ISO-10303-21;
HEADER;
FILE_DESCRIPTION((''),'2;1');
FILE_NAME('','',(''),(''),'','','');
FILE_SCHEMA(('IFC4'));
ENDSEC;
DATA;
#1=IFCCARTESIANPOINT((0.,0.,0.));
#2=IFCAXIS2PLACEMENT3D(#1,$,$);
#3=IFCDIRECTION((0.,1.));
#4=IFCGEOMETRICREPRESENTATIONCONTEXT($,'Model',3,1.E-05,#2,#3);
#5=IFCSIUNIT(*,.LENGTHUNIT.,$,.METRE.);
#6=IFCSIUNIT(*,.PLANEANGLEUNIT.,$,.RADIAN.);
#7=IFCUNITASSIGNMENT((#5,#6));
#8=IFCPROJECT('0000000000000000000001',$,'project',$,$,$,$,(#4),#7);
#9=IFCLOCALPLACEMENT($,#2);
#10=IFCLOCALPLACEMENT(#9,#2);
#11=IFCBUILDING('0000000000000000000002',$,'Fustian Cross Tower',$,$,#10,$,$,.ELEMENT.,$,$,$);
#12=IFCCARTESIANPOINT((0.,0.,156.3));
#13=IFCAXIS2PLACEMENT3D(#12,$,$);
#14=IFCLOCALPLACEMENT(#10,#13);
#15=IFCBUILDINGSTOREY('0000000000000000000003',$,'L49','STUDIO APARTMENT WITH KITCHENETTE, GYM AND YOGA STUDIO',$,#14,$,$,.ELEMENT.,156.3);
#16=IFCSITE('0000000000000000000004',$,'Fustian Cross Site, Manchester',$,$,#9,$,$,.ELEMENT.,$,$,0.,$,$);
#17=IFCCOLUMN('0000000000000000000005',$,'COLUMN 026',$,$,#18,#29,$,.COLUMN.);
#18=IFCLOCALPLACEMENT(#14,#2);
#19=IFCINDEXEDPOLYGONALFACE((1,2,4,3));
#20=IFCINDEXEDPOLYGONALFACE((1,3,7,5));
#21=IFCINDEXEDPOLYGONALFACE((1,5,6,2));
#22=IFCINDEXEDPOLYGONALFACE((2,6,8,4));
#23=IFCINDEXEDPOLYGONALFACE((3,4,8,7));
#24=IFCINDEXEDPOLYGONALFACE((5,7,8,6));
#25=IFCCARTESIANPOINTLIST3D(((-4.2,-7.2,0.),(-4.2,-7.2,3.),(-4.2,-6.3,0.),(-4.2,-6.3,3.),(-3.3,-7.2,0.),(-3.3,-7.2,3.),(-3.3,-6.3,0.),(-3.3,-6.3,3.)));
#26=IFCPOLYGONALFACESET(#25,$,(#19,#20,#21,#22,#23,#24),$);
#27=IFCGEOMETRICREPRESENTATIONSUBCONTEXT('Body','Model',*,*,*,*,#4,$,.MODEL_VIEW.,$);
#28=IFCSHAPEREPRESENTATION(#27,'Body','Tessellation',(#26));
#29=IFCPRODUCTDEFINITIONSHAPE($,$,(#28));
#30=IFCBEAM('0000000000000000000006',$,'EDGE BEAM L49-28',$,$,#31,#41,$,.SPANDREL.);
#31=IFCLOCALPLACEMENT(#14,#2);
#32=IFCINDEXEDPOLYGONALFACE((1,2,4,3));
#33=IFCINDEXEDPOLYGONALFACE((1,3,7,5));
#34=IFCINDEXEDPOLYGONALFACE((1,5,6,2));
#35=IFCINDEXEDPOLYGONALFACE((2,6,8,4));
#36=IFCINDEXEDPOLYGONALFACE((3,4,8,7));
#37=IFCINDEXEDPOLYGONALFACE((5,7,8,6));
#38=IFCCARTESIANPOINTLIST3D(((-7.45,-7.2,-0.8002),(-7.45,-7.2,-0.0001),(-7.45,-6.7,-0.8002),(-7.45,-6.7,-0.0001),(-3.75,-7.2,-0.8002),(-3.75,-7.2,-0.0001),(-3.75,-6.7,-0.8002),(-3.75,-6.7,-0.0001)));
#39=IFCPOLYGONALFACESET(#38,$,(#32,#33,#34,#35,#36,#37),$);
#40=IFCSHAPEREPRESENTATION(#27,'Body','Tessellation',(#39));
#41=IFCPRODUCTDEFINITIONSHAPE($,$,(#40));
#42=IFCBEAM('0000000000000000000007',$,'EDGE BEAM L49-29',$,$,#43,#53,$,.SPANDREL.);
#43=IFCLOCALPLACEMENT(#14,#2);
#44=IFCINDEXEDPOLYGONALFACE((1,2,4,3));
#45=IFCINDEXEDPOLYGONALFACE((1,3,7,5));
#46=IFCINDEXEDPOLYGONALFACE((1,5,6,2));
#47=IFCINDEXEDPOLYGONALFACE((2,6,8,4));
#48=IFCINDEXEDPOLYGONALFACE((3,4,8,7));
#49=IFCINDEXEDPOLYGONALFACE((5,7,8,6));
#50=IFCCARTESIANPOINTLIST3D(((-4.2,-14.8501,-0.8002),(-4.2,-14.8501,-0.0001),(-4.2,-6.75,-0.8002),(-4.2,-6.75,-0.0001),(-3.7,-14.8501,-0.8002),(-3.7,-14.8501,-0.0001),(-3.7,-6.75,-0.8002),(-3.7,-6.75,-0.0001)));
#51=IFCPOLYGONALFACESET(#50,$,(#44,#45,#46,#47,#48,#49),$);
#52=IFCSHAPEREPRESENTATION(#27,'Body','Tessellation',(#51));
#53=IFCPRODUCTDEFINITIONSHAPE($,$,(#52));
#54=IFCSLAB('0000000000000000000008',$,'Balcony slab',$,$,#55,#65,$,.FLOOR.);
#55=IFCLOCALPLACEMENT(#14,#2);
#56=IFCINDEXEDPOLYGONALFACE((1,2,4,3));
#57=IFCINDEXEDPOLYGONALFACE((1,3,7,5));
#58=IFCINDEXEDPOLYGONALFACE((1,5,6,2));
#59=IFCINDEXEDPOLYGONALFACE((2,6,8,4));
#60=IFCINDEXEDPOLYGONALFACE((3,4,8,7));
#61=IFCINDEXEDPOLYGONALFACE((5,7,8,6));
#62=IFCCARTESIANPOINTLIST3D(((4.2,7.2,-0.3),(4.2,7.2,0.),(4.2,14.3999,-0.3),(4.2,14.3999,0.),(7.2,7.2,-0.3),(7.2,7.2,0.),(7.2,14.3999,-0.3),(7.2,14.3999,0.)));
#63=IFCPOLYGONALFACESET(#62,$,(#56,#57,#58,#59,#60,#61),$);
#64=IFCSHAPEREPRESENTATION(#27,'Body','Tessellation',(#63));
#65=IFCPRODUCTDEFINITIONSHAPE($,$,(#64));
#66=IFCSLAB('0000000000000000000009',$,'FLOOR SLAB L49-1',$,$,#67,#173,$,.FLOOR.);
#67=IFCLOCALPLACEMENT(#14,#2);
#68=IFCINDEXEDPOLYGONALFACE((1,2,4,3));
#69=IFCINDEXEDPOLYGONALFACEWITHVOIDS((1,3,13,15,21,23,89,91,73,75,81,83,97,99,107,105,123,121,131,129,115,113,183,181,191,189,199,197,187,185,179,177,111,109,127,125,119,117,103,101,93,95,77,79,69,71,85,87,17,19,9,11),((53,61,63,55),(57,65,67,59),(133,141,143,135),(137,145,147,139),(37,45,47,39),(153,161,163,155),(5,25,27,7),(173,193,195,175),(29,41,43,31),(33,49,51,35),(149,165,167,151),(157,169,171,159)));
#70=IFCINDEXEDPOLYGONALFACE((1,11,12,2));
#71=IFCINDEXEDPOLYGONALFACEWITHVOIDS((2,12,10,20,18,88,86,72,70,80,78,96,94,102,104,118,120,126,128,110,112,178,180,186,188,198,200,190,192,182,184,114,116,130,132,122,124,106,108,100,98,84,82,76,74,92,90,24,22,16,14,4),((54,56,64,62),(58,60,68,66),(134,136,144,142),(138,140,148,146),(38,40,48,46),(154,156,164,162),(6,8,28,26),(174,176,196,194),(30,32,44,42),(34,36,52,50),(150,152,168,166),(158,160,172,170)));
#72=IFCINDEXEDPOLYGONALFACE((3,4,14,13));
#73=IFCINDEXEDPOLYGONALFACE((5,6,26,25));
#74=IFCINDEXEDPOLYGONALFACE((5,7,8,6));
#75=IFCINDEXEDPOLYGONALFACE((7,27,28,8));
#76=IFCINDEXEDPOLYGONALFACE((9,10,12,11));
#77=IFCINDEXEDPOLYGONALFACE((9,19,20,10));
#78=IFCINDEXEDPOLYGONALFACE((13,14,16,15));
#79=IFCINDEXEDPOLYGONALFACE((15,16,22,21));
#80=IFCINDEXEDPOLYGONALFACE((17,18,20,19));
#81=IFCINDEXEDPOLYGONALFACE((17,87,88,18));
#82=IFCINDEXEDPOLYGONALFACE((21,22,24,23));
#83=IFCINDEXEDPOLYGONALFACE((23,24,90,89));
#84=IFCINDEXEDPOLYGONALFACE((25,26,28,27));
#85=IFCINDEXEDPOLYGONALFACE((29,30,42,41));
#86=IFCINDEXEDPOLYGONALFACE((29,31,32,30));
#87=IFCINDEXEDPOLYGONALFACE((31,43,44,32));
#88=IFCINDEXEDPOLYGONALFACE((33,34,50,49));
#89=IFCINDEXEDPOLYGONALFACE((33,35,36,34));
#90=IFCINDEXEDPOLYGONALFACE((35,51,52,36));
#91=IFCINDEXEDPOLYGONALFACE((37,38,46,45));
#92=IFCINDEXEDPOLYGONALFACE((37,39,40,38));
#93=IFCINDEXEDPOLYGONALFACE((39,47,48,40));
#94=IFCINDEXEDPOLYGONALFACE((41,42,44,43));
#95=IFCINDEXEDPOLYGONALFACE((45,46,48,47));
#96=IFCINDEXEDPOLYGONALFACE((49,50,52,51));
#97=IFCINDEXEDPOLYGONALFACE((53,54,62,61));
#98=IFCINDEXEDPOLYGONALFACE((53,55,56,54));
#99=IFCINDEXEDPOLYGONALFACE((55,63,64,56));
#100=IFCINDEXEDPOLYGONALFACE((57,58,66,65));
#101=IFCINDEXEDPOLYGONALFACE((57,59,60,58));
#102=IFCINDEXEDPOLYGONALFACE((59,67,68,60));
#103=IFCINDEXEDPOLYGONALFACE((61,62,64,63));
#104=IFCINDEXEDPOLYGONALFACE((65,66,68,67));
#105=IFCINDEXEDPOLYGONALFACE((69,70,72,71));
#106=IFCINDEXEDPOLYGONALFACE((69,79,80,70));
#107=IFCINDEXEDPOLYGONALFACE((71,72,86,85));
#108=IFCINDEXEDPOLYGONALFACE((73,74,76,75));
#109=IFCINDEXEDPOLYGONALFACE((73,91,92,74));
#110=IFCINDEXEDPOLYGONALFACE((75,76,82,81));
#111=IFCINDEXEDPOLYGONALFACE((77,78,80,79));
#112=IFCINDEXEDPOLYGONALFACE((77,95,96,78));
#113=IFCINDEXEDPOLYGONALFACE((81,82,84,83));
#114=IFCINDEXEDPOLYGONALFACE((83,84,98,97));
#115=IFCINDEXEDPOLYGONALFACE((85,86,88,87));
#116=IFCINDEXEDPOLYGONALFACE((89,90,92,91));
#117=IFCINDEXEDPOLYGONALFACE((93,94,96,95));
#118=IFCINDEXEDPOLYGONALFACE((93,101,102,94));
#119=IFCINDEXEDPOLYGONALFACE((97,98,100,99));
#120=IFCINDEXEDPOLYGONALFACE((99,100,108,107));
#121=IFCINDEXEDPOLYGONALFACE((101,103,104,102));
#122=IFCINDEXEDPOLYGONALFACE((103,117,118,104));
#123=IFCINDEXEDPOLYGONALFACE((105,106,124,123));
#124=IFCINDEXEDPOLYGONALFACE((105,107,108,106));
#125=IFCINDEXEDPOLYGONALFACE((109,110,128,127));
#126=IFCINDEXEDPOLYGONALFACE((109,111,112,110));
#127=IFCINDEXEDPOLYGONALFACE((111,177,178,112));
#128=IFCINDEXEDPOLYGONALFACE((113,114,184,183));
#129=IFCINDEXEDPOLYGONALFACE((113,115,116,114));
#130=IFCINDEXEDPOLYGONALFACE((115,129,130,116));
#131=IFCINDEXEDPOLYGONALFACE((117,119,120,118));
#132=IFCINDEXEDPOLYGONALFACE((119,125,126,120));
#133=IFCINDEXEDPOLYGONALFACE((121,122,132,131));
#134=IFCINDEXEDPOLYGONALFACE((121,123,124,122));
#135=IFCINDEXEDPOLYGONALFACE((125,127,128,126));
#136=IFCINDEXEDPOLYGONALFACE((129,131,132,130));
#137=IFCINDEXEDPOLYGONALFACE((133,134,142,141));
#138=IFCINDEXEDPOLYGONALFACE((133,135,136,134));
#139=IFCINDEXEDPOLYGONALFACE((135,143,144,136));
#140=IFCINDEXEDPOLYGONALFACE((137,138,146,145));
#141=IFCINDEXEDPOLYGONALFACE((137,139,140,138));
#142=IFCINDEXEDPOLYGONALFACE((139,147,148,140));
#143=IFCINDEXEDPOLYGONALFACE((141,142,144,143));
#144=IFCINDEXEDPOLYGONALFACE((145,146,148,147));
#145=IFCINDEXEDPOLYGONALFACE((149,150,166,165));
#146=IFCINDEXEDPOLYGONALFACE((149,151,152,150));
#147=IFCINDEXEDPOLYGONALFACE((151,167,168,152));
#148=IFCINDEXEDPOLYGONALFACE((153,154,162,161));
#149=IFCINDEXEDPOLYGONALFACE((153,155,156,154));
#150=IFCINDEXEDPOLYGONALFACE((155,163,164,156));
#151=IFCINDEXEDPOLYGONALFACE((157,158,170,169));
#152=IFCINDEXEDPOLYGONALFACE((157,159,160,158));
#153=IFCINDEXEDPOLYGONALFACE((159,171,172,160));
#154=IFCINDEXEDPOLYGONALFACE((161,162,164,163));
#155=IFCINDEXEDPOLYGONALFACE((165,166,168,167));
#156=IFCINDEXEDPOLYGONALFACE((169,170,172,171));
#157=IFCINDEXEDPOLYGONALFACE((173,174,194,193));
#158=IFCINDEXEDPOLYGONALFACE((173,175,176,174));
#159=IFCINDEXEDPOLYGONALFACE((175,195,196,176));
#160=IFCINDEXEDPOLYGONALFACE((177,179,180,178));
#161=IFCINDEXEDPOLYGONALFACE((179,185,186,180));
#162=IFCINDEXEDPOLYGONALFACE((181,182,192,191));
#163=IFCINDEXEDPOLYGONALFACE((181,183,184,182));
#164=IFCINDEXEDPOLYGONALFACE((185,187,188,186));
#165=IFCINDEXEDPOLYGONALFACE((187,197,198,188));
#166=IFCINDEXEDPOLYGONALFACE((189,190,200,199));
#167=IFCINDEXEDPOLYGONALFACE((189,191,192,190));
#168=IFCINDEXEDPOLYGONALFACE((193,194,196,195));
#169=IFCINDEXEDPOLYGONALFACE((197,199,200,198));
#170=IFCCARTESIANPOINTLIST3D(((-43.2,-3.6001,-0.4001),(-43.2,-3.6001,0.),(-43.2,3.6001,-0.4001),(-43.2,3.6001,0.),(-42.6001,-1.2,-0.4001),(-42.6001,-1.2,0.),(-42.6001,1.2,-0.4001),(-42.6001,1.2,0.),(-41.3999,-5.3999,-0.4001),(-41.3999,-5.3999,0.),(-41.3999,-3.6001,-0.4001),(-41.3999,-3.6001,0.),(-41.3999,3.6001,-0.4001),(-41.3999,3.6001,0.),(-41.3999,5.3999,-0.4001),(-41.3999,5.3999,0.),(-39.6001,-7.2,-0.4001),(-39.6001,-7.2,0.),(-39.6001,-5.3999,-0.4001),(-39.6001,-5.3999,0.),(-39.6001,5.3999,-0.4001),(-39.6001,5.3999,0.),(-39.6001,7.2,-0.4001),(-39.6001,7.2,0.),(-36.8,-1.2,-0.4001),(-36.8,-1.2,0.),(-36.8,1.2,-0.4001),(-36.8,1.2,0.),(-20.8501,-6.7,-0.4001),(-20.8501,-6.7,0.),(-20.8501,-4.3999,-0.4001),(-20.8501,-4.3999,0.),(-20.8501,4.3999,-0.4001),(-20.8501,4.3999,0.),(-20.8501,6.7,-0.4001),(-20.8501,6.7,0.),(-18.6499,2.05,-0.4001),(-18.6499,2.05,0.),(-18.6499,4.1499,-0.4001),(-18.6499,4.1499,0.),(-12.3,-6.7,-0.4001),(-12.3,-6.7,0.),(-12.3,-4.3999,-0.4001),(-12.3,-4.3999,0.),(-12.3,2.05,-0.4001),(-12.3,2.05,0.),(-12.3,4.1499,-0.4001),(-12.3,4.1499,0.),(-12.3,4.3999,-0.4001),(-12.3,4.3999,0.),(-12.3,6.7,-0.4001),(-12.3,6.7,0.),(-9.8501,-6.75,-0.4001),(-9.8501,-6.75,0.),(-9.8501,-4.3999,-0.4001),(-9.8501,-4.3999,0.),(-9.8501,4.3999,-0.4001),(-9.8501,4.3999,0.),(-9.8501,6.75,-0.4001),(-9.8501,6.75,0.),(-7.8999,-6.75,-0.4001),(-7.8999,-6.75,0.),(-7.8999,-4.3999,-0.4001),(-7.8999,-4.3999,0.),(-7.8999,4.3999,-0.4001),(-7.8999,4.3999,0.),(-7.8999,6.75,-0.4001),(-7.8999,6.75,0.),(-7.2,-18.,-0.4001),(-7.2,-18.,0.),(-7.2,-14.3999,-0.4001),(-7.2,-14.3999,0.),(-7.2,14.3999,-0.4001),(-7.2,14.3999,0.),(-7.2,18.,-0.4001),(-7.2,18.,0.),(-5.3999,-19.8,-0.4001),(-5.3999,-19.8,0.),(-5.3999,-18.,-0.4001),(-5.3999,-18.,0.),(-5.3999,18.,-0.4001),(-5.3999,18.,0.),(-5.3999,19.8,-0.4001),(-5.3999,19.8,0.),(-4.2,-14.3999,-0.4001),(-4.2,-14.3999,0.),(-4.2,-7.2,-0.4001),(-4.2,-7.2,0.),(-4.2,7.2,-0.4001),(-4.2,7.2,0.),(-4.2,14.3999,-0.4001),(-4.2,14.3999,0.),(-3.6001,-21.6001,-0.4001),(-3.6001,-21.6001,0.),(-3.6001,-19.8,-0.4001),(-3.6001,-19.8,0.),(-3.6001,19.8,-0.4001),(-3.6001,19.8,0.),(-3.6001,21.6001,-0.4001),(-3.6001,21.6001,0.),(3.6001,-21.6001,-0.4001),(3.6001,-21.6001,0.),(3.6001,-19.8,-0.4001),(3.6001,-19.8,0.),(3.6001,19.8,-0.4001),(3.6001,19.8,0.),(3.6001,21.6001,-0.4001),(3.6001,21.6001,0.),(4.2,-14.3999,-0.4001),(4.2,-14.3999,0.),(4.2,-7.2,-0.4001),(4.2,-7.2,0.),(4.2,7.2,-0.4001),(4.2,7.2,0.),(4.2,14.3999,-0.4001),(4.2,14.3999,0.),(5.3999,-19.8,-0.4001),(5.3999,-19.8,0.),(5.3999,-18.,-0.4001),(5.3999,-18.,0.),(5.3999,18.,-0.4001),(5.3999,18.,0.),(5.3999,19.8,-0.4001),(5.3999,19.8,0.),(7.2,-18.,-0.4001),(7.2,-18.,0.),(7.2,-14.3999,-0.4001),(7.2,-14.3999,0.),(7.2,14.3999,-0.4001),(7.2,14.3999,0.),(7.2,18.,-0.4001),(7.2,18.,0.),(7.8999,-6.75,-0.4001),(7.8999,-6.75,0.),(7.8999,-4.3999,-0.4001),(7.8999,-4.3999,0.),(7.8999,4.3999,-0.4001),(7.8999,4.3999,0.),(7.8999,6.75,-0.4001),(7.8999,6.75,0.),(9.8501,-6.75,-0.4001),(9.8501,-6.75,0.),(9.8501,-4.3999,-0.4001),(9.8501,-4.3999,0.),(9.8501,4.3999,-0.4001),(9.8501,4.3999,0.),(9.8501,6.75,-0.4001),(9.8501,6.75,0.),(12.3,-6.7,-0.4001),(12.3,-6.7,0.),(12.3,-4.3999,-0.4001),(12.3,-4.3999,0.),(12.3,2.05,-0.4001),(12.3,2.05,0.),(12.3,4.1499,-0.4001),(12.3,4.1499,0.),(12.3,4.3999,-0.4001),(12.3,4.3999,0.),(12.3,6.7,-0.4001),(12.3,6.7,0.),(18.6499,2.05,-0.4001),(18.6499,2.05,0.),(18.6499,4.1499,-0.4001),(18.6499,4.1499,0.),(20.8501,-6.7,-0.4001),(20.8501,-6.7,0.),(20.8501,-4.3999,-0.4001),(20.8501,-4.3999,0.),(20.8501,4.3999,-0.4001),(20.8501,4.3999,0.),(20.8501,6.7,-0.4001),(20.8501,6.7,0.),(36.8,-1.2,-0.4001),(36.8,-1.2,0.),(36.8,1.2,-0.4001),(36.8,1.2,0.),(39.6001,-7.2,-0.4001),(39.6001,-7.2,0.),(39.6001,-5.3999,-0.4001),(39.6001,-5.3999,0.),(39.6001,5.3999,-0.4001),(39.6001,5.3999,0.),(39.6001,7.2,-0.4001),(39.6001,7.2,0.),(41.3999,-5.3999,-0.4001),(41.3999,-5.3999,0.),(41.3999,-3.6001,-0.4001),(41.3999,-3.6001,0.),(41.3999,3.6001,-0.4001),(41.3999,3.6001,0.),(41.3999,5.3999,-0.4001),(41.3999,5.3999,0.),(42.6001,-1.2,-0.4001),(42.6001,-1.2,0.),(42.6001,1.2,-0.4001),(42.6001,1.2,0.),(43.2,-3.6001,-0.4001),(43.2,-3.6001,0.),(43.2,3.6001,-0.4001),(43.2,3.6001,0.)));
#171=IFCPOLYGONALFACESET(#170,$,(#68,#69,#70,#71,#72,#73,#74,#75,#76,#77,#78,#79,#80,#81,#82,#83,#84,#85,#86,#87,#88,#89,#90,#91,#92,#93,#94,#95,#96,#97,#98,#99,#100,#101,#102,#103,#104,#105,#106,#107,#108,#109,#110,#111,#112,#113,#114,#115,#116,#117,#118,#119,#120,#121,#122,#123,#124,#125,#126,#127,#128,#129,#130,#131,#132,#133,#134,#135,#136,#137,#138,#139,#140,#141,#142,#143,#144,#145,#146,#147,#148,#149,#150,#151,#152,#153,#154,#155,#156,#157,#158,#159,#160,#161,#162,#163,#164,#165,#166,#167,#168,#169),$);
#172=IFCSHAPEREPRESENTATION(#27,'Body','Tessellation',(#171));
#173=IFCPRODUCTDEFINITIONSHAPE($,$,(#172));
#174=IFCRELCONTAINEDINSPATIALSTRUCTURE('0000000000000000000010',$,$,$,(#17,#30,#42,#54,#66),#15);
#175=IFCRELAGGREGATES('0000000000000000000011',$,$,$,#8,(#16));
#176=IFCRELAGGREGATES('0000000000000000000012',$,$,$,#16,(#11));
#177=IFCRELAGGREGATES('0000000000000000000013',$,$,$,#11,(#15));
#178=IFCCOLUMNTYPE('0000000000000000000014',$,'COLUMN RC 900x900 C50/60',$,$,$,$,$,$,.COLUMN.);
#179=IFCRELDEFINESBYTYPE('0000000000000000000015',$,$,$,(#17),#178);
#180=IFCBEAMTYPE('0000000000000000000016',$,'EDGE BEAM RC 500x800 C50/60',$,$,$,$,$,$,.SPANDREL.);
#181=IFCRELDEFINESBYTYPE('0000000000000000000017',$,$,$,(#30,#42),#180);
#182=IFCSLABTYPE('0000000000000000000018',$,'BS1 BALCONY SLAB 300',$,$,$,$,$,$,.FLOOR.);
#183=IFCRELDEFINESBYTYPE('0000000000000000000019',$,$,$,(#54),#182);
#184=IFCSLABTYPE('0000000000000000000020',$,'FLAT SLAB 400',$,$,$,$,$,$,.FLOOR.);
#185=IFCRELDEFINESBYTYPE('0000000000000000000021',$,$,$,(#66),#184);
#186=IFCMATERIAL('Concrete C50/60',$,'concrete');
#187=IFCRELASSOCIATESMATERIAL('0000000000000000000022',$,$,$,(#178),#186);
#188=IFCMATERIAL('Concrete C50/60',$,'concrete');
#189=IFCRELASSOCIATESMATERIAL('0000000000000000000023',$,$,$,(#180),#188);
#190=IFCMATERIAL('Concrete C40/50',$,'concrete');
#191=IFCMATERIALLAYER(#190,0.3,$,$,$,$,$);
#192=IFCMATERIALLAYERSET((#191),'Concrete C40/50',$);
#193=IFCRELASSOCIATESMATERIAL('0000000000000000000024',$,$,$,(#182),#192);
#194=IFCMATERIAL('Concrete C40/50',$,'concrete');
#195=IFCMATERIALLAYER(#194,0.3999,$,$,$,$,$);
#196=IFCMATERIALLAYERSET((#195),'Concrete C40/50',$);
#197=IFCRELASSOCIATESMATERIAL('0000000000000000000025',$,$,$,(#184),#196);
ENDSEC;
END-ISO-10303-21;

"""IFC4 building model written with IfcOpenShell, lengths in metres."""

from ifc_helpers import new_model, si_unit, direction, frame, origin, origin_2d, place, context, subcontext, project, spatial, polyline, rectangle, outline, extrude, material, layer, layer_set, material_profile, profile_set, type_object, element, save


model = new_model("IFC4")

# Units and contexts
model_context = context("Model", 3, precision=1e-05, world=origin(), true_north=direction((0.0, 1.0)))
body_context = subcontext(model_context, "Body", "Model", "MODEL_VIEW")
ifc_project = project(units=[si_unit("LENGTHUNIT", "METRE"), si_unit("PLANEANGLEUNIT", "RADIAN")], contexts=[model_context])

# Site, building, storey
site_placement = place(None, origin())
site = spatial("IfcSite", under=ifc_project, at=site_placement, Name="Fustian Cross Site, Manchester", CompositionType="ELEMENT", RefElevation=0.0)
building_placement = place(site_placement, origin())
building = spatial("IfcBuilding", under=site, at=building_placement, Name="Fustian Cross Tower", CompositionType="ELEMENT")
storey_placement = place(building_placement, frame((0.0, 0.0, 156.3)))
storey = spatial("IfcBuildingStorey", under=building, at=storey_placement, Name="L49", Description="STUDIO APARTMENT WITH KITCHENETTE, GYM AND YOGA STUDIO", CompositionType="ELEMENT", Elevation=156.3)

# Column
ifc_material_1 = material(Name="Concrete C50/60", Category="concrete")
ifc_material_profile_1 = material_profile(ifc_material_1, rectangle(XDim=0.8999, YDim=0.8999, at=origin_2d()), Name="RC 900x900")
ifc_profile_set_1 = profile_set([ifc_material_profile_1], Name="Concrete C50/60")
column_type = type_object("IfcColumnType", Name="COLUMN RC 900x900 C50/60", PredefinedType="COLUMN", material=ifc_profile_set_1)
column_placement = place(storey_placement, frame((-3.75, -6.75, 0.0), z_axis=(0.0, 0.0, 1.0), x_axis=(1.0, 0.0, 0.0)))
element("IfcColumn", 1, at=column_placement, inside=storey, type_object=column_type, Name="COLUMN 026", PredefinedType="COLUMN", context=body_context, shape_type="SweptSolid", body=[
    extrude(rectangle(XDim=0.8999, YDim=0.8999, at=origin_2d()), origin(), (0.0, 0.0, 1.0), 3.0),
])

# Beams
ifc_material_2 = material(Name="Concrete C50/60", Category="concrete")
ifc_material_profile_2 = material_profile(ifc_material_2, rectangle(XDim=0.5, YDim=0.8, at=origin_2d()), Name="RC 500x800")
ifc_profile_set_2 = profile_set([ifc_material_profile_2], Name="Concrete C50/60")
beam_type = type_object("IfcBeamType", Name="EDGE BEAM RC 500x800 C50/60", PredefinedType="SPANDREL", material=ifc_profile_set_2)
beam_1_placement = place(storey_placement, frame((-7.45, -6.95, -0.4001), z_axis=(1.0, 0.0, 0.0), x_axis=(0.0, 1.0, 0.0)))
element("IfcBeam", 2, at=beam_1_placement, inside=storey, type_object=beam_type, Name="EDGE BEAM L49-28", PredefinedType="SPANDREL", context=body_context, shape_type="SweptSolid", body=[
    extrude(rectangle(XDim=0.5, YDim=0.8, at=origin_2d()), origin(), (0.0, 0.0, 1.0), 3.7),
])
beam_2_placement = place(storey_placement, frame((-3.95, -6.75, -0.4001), z_axis=(0.0, -1.0, 0.0), x_axis=(1.0, 0.0, 0.0)))
element("IfcBeam", 3, at=beam_2_placement, inside=storey, type_object=beam_type, Name="EDGE BEAM L49-29", PredefinedType="SPANDREL", context=body_context, shape_type="SweptSolid", body=[
    extrude(rectangle(XDim=0.5, YDim=0.8, at=origin_2d()), origin(), (0.0, 0.0, 1.0), 8.1001),
])

# Slabs
ifc_material_3 = material(Name="Concrete C40/50", Category="concrete")
ifc_layer_1 = layer(ifc_material_3, 0.3)
ifc_layer_set_1 = layer_set([ifc_layer_1], Name="Concrete C40/50")
slab_type_1 = type_object("IfcSlabType", Name="BS1 BALCONY SLAB 300", PredefinedType="FLOOR", material=ifc_layer_set_1)
slab_1_placement = place(storey_placement, frame((0.0, 0.0, -0.3)))
element("IfcSlab", 4, at=slab_1_placement, inside=storey, type_object=slab_type_1, Name="Balcony slab", PredefinedType="FLOOR", context=body_context, shape_type="SweptSolid", body=[
    extrude(outline(polyline([(4.2, 7.2), (7.2, 7.2), (7.2, 14.3999), (4.2, 14.3999), (4.2, 7.2)])), origin(), (0.0, 0.0, 1.0), 0.3),
])
ifc_material_4 = material(Name="Concrete C40/50", Category="concrete")
ifc_layer_2 = layer(ifc_material_4, 0.3999)
ifc_layer_set_2 = layer_set([ifc_layer_2], Name="Concrete C40/50")
slab_type_2 = type_object("IfcSlabType", Name="FLAT SLAB 400", PredefinedType="FLOOR", material=ifc_layer_set_2)
slab_2_placement = place(storey_placement, frame((0.0, 0.0, -0.4001)))
element("IfcSlab", 5, at=slab_2_placement, inside=storey, type_object=slab_type_2, Name="FLOOR SLAB L49-1", PredefinedType="FLOOR", context=body_context, shape_type="SweptSolid", body=[
    extrude(outline(polyline([(-5.3999, -18.0), (-7.2, -18.0), (-7.2, -14.3999), (-4.2, -14.3999), (-4.2, -7.2), (-39.6001, -7.2), (-39.6001, -5.3999), (-41.3999, -5.3999), (-41.3999, -3.6001), (-43.2, -3.6001), (-43.2, 3.6001), (-41.3999, 3.6001), (-41.3999, 5.3999), (-39.6001, 5.3999), (-39.6001, 7.2), (-4.2, 7.2), (-4.2, 14.3999), (-7.2, 14.3999), (-7.2, 18.0), (-5.3999, 18.0), (-5.3999, 19.8), (-3.6001, 19.8), (-3.6001, 21.6001), (3.6001, 21.6001), (3.6001, 19.8), (5.3999, 19.8), (5.3999, 18.0), (7.2, 18.0), (7.2, 14.3999), (4.2, 14.3999), (4.2, 7.2), (39.6001, 7.2), (39.6001, 5.3999), (41.3999, 5.3999), (41.3999, 3.6001), (43.2, 3.6001), (43.2, -3.6001), (41.3999, -3.6001), (41.3999, -5.3999), (39.6001, -5.3999), (39.6001, -7.2), (4.2, -7.2), (4.2, -14.3999), (7.2, -14.3999), (7.2, -18.0), (5.3999, -18.0), (5.3999, -19.8), (3.6001, -19.8), (3.6001, -21.6001), (-3.6001, -21.6001), (-3.6001, -19.8), (-5.3999, -19.8), (-5.3999, -18.0)]), holes=[polyline([(9.8501, 4.3999), (9.8501, 6.75), (7.8999, 6.75), (7.8999, 4.3999), (9.8501, 4.3999)]), polyline([(7.8999, -6.75), (9.8501, -6.75), (9.8501, -4.3999), (7.8999, -4.3999), (7.8999, -6.75)]), polyline([(-9.8501, 6.75), (-9.8501, 4.3999), (-7.8999, 4.3999), (-7.8999, 6.75), (-9.8501, 6.75)]), polyline([(-7.8999, -4.3999), (-9.8501, -4.3999), (-9.8501, -6.75), (-7.8999, -6.75), (-7.8999, -4.3999)]), polyline([(18.6499, 2.05), (18.6499, 4.1499), (12.3, 4.1499), (12.3, 2.05), (18.6499, 2.05)]), polyline([(-18.6499, 2.05), (-12.3, 2.05), (-12.3, 4.1499), (-18.6499, 4.1499), (-18.6499, 2.05)]), polyline([(12.3, 6.7), (12.3, 4.3999), (20.8501, 4.3999), (20.8501, 6.7), (12.3, 6.7)]), polyline([(20.8501, -4.3999), (12.3, -4.3999), (12.3, -6.7), (20.8501, -6.7), (20.8501, -4.3999)]), polyline([(-12.3, 4.3999), (-12.3, 6.7), (-20.8501, 6.7), (-20.8501, 4.3999), (-12.3, 4.3999)]), polyline([(-20.8501, -6.7), (-12.3, -6.7), (-12.3, -4.3999), (-20.8501, -4.3999), (-20.8501, -6.7)]), polyline([(36.8, 1.2), (36.8, -1.2), (42.6001, -1.2), (42.6001, 1.2), (36.8, 1.2)]), polyline([(-36.8, 1.2), (-42.6001, 1.2), (-42.6001, -1.2), (-36.8, -1.2), (-36.8, 1.2)])]), origin(), (0.0, 0.0, 1.0), 0.4001),
])

save(model, "model.ifc")
